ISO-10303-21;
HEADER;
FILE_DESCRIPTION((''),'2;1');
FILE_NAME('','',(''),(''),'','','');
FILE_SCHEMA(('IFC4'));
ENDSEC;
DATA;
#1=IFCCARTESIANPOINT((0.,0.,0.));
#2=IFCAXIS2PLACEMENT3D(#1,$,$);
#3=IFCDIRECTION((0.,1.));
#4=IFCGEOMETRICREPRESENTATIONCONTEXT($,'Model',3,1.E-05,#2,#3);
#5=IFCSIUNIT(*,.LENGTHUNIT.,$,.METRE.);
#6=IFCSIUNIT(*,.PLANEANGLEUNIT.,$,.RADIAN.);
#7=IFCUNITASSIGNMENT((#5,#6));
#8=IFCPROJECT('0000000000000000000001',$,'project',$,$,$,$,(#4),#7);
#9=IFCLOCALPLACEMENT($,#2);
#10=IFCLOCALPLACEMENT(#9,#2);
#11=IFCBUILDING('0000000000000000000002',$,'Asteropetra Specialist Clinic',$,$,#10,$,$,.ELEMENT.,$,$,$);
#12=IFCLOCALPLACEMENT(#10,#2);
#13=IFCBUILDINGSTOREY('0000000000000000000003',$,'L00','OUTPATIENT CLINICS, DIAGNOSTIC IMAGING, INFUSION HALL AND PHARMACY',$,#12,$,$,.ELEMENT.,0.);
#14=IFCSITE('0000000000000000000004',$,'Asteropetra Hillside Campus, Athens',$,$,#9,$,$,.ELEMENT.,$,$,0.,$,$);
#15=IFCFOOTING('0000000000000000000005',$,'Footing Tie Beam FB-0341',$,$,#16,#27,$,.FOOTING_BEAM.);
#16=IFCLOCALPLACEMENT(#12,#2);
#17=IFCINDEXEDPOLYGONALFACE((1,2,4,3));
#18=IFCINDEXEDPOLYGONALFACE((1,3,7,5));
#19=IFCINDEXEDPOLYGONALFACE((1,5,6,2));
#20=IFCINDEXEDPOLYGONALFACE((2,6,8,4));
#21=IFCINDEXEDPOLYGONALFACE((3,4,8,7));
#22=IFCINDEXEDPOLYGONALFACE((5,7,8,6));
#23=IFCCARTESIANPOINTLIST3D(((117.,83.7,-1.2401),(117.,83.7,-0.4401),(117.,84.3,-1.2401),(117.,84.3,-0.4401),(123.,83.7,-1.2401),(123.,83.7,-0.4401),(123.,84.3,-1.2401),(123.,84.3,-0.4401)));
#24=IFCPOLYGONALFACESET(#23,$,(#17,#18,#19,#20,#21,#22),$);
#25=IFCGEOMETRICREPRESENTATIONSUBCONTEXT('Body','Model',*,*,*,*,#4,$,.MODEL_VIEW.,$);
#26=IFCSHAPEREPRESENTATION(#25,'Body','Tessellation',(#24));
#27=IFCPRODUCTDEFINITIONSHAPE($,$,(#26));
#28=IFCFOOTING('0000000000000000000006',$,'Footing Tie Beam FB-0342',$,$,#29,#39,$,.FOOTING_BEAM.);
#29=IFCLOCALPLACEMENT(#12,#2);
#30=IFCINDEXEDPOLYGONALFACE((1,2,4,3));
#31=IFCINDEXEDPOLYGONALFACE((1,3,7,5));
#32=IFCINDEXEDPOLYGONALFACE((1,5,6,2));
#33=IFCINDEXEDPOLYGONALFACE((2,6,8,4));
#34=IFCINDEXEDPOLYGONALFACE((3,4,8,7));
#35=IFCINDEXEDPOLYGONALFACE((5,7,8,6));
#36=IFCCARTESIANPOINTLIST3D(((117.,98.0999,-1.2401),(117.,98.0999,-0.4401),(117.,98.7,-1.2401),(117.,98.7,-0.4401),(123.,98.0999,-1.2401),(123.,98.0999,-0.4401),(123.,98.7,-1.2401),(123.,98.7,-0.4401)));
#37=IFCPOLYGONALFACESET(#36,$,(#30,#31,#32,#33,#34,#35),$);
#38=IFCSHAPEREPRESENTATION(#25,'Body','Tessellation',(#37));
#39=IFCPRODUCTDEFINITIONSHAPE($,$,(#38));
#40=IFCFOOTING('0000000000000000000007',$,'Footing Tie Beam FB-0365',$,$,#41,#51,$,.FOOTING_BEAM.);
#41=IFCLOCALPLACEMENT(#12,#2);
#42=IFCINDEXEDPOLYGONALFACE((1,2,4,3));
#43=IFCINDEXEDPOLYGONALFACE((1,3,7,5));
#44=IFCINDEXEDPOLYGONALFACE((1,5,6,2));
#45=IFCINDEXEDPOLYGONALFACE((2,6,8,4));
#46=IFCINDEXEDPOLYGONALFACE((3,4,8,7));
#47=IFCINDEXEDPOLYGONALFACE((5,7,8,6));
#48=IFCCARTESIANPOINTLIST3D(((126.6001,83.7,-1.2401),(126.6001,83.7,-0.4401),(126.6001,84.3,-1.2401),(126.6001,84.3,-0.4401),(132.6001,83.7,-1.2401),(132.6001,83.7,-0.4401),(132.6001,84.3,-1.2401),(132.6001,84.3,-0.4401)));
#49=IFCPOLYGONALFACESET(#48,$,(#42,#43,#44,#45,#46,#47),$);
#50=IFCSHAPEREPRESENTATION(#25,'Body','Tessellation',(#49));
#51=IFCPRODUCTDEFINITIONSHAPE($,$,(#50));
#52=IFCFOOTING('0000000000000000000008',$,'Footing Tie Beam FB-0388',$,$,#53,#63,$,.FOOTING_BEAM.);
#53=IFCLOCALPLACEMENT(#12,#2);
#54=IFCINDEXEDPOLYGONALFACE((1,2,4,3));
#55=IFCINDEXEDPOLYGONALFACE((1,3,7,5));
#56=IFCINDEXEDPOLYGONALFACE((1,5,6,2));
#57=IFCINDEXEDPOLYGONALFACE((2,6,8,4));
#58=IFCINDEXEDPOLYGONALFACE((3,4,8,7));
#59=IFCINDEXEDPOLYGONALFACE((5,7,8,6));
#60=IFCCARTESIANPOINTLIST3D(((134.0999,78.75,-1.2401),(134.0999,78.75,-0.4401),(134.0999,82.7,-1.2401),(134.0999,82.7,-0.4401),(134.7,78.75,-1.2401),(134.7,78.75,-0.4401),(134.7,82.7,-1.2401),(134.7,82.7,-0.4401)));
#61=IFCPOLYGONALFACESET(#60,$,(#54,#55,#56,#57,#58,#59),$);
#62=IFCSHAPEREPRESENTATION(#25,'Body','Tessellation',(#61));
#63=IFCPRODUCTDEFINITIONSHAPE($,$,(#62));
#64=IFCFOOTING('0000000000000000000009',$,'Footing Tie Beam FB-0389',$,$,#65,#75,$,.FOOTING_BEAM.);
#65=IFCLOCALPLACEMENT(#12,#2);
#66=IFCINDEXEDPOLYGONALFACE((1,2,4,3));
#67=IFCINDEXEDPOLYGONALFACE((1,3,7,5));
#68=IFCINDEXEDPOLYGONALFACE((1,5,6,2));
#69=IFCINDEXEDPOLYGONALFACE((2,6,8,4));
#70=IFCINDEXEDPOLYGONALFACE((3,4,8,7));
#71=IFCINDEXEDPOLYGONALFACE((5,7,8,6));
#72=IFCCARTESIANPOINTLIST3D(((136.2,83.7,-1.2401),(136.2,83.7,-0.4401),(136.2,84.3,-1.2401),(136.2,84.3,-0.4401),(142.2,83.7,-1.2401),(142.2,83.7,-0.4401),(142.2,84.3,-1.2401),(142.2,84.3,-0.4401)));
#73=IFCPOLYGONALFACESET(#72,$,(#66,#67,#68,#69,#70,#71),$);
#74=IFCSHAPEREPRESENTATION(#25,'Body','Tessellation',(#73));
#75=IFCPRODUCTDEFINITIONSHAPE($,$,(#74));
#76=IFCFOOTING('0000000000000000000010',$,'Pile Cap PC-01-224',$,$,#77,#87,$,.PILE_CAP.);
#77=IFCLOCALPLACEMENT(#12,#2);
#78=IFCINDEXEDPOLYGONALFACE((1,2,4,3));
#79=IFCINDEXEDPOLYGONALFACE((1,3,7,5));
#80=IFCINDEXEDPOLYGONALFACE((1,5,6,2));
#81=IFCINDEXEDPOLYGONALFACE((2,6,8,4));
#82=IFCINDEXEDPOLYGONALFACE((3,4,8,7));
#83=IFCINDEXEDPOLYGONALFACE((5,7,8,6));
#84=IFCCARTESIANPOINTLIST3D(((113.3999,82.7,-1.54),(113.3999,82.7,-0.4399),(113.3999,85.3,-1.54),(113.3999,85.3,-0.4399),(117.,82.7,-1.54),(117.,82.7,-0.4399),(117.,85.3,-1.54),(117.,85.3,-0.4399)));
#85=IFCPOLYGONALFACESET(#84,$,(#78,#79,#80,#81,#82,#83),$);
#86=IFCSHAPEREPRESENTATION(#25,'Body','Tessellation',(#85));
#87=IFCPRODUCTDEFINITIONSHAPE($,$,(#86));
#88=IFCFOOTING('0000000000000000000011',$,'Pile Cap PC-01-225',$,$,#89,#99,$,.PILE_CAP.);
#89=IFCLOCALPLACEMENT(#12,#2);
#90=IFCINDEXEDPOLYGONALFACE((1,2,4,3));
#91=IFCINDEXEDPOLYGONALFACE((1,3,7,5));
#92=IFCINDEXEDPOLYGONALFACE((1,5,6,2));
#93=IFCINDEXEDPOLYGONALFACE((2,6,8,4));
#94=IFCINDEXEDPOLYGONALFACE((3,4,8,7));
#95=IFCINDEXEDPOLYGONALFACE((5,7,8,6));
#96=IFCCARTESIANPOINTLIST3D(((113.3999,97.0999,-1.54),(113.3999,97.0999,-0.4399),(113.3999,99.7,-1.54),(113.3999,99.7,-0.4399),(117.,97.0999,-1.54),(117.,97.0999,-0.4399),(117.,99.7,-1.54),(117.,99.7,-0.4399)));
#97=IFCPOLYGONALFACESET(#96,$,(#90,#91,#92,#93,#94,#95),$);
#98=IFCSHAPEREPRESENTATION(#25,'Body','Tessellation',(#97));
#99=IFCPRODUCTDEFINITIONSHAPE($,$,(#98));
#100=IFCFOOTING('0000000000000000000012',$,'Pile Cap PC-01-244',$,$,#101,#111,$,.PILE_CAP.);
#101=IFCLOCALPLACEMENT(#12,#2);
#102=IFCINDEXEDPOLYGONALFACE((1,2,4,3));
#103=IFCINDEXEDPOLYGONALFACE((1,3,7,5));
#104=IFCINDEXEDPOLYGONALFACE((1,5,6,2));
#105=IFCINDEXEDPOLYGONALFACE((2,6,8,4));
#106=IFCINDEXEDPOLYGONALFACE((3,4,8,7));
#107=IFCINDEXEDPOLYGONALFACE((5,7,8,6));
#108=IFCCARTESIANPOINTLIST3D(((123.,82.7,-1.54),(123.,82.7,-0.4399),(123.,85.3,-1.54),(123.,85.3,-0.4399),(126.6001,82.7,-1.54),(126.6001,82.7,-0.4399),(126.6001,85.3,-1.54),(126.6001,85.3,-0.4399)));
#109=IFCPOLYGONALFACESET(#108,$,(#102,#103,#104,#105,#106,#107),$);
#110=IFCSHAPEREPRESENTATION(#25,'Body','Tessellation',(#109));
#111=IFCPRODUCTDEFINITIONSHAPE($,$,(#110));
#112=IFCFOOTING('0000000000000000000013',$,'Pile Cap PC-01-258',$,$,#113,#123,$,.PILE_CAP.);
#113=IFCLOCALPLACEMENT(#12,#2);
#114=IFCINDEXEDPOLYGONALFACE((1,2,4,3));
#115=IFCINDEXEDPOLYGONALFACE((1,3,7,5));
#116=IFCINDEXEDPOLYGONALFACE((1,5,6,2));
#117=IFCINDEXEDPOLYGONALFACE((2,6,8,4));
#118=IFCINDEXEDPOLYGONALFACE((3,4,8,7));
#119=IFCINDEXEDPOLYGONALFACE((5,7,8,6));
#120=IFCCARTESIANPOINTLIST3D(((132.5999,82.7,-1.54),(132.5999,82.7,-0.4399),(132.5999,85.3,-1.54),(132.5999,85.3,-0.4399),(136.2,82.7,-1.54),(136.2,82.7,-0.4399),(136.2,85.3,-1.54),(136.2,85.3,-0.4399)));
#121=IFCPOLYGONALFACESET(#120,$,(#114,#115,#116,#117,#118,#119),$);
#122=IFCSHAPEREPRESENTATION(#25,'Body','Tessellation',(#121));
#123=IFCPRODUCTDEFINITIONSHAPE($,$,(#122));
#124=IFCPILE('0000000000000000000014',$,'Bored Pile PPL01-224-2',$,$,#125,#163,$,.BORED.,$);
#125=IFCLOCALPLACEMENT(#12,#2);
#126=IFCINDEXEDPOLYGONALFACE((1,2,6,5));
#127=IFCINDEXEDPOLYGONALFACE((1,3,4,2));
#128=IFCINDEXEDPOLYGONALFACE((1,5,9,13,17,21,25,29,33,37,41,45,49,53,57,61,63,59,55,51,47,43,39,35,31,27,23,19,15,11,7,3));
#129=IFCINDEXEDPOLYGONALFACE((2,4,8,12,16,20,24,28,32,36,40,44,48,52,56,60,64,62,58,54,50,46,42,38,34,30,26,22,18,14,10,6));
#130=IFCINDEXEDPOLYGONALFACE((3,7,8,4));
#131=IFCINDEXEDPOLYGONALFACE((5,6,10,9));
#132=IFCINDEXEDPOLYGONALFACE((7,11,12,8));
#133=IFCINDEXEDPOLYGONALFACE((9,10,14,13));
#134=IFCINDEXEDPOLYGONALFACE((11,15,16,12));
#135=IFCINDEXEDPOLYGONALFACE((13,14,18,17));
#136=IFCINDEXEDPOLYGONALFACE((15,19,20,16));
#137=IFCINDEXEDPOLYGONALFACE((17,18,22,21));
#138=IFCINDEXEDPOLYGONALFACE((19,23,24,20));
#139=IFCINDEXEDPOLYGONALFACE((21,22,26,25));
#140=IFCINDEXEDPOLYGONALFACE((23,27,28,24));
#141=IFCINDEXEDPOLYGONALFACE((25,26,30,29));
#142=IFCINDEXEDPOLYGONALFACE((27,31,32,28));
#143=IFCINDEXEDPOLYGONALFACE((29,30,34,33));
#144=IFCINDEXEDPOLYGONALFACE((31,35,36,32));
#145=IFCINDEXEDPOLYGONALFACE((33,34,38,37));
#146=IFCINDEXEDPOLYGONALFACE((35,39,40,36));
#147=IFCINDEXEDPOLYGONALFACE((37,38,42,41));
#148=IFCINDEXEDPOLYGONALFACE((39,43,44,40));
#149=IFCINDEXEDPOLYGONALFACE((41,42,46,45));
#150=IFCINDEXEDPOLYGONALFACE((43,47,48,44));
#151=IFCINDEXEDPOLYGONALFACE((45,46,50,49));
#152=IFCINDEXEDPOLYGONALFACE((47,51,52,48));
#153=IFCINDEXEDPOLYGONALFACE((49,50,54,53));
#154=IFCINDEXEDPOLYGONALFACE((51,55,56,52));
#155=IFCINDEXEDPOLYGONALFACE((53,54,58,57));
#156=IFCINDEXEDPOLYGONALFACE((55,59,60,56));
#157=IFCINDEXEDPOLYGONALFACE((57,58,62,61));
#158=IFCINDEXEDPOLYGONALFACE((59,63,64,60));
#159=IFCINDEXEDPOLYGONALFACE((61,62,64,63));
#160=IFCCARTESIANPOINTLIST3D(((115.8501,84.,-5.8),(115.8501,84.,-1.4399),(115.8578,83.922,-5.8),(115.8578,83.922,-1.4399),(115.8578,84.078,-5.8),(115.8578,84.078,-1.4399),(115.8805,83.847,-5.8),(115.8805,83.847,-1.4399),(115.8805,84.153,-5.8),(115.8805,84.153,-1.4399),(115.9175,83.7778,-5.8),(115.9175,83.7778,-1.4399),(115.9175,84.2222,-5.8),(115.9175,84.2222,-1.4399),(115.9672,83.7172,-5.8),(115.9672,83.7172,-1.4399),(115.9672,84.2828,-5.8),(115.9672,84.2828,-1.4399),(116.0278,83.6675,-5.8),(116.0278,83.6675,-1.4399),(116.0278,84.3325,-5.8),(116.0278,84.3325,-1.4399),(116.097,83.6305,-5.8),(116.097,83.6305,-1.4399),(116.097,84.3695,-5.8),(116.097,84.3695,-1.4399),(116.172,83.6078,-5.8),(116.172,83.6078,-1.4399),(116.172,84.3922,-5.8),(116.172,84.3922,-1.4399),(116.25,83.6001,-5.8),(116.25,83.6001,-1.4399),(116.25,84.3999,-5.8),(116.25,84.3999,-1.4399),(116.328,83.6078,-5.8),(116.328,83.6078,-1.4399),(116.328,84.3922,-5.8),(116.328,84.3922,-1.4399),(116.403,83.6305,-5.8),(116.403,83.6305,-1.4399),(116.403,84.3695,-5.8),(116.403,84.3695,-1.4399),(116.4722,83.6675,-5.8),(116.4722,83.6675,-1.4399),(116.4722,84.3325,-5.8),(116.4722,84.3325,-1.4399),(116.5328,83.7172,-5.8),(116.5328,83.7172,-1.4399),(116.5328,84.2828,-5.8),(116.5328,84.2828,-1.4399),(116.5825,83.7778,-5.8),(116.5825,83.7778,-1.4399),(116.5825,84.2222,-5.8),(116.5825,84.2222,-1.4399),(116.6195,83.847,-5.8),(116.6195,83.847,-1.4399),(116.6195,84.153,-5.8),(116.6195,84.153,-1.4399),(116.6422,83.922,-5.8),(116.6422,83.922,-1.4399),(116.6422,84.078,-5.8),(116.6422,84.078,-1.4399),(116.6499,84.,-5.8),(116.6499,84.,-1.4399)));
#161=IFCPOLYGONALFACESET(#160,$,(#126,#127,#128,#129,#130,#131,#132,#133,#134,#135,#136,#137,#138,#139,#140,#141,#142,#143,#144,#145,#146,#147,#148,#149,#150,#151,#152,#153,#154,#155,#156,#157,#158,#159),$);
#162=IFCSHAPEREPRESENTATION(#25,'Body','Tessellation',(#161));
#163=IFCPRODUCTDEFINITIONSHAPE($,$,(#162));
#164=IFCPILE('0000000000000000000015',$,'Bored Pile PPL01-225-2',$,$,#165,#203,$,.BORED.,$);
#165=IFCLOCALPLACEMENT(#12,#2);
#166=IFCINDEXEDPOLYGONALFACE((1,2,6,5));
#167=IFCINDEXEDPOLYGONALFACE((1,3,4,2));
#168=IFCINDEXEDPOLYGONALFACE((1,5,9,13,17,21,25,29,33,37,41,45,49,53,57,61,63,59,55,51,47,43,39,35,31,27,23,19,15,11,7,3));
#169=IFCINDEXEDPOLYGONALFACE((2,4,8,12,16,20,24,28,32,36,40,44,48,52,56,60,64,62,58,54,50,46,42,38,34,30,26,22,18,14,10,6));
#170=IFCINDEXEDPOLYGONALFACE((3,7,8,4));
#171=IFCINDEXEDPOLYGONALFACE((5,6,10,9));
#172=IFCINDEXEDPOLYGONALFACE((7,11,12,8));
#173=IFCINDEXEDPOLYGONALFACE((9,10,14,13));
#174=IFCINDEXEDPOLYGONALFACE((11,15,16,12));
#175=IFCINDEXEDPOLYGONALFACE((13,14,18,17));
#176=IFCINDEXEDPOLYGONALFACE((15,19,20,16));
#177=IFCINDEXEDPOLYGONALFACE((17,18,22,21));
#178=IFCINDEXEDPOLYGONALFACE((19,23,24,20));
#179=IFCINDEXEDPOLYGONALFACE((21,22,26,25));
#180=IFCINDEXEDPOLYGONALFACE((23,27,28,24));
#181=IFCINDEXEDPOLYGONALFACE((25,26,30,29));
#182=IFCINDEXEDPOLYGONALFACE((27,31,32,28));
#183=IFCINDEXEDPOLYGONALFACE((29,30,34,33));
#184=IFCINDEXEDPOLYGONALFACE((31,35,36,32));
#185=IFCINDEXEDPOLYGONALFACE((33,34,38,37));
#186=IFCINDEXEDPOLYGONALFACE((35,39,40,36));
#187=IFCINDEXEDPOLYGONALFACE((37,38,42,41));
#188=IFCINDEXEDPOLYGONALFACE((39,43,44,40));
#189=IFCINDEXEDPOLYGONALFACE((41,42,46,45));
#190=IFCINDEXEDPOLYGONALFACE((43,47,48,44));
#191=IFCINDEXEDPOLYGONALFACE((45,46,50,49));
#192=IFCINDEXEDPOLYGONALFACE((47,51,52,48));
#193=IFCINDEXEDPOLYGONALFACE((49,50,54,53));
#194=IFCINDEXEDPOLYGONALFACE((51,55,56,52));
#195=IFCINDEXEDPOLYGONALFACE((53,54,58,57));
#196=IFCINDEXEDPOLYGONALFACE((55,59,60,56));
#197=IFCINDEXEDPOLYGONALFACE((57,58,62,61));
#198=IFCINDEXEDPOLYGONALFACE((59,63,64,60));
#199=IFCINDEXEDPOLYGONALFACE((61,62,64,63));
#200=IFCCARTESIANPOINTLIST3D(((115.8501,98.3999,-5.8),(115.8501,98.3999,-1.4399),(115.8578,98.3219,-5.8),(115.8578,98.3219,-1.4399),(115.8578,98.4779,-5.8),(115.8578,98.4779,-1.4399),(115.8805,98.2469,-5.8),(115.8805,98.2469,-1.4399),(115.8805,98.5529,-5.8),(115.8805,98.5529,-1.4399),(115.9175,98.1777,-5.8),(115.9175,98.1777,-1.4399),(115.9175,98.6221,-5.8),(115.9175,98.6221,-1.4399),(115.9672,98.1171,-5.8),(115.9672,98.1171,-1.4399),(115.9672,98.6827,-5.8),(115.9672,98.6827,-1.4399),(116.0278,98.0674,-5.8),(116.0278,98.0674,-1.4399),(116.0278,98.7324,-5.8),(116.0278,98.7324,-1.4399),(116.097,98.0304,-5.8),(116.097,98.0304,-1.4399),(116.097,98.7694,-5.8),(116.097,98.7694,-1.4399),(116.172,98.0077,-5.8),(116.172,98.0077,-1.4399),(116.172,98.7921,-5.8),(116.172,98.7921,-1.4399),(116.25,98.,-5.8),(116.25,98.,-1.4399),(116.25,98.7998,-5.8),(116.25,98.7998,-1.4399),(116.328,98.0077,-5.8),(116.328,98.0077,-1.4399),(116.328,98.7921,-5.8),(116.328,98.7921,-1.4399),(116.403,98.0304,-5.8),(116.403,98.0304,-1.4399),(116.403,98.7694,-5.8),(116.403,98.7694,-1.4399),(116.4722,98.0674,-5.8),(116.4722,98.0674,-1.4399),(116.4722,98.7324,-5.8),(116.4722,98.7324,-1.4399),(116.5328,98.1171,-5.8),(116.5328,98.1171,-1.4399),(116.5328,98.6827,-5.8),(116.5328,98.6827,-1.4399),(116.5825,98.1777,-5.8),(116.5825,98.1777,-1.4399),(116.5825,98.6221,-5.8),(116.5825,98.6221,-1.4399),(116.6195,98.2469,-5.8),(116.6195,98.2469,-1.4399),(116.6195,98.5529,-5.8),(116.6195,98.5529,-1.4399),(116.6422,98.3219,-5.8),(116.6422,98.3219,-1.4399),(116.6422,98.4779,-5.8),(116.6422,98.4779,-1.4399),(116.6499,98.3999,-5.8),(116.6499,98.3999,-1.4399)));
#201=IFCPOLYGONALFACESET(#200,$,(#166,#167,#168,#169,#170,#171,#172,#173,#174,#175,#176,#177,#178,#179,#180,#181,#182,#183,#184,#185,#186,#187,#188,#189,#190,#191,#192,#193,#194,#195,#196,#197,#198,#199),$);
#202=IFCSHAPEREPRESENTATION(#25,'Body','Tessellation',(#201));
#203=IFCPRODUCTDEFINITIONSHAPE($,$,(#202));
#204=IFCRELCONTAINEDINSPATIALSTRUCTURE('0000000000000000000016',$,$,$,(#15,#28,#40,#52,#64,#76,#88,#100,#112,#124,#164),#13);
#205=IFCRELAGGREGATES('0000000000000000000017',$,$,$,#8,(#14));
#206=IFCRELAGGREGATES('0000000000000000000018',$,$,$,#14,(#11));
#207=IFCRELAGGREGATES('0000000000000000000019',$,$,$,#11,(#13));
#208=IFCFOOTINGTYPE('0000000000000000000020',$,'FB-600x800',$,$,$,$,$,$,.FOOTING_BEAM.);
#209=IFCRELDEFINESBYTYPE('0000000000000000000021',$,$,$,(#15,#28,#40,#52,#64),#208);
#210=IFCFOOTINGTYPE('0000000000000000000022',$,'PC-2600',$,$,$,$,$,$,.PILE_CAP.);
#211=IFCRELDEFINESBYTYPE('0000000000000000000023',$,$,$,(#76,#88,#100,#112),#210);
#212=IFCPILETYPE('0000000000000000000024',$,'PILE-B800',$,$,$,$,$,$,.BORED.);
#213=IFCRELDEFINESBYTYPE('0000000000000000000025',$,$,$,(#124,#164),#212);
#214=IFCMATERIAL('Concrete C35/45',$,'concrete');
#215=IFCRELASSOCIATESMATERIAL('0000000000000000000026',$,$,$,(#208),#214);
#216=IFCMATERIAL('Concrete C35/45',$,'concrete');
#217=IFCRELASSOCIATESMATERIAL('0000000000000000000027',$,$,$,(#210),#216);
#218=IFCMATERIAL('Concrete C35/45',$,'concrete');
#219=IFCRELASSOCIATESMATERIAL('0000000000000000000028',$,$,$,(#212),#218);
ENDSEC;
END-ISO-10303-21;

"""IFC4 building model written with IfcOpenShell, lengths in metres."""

from ifc_helpers import new_model, si_unit, direction, frame, origin, origin_2d, place, context, subcontext, project, spatial, rectangle, circle, extrude, material, material_profile, profile_set, type_object, element, save


model = new_model("IFC4")

# Units and contexts
model_context = context("Model", 3, precision=1e-05, world=origin(), true_north=direction((0.0, 1.0)))
body_context = subcontext(model_context, "Body", "Model", "MODEL_VIEW")
ifc_project = project(units=[si_unit("LENGTHUNIT", "METRE"), si_unit("PLANEANGLEUNIT", "RADIAN")], contexts=[model_context])

# Site, building, storey
site_placement = place(None, origin())
site = spatial("IfcSite", under=ifc_project, at=site_placement, Name="Asteropetra Hillside Campus, Athens", CompositionType="ELEMENT", RefElevation=0.0)
building_placement = place(site_placement, origin())
building = spatial("IfcBuilding", under=site, at=building_placement, Name="Asteropetra Specialist Clinic", CompositionType="ELEMENT")
storey_placement = place(building_placement, origin())
storey = spatial("IfcBuildingStorey", under=building, at=storey_placement, Name="L00", Description="OUTPATIENT CLINICS, DIAGNOSTIC IMAGING, INFUSION HALL AND PHARMACY", CompositionType="ELEMENT", Elevation=0.0)

# Footings
ifc_material_1 = material(Name="Concrete C35/45", Category="concrete")
ifc_material_profile_1 = material_profile(ifc_material_1, rectangle(XDim=0.6001, YDim=0.8, at=origin_2d()), Name="FB 600x800")
ifc_profile_set_1 = profile_set([ifc_material_profile_1], Name="Concrete C35/45")
footing_type_1 = type_object("IfcFootingType", Name="FB-600x800", PredefinedType="FOOTING_BEAM", material=ifc_profile_set_1)
for number, where, z_axis, x_axis, name in (
    (1, (117.0, 84.0, -0.8401), (1.0, 0.0, 0.0), (0.0, 1.0, 0.0), "Footing Tie Beam FB-0341"),
    (2, (117.0, 98.3999, -0.8401), (1.0, 0.0, 0.0), (0.0, 1.0, 0.0), "Footing Tie Beam FB-0342"),
    (3, (126.6001, 84.0, -0.8401), (1.0, 0.0, 0.0), (0.0, 1.0, 0.0), "Footing Tie Beam FB-0365"),
):
    element("IfcFooting", number, at=place(storey_placement, frame(where, z_axis=z_axis, x_axis=x_axis)), inside=storey, type_object=footing_type_1, Name=name, PredefinedType="FOOTING_BEAM", context=body_context, shape_type="SweptSolid", body=[
        extrude(rectangle(XDim=0.6001, YDim=0.8, at=origin_2d()), origin(), (0.0, 0.0, 1.0), 6.0),
    ])
footing_1_placement = place(storey_placement, frame((134.3999, 78.75, -0.8401), z_axis=(0.0, 1.0, 0.0), x_axis=(-1.0, 0.0, 0.0)))
element("IfcFooting", 4, at=footing_1_placement, inside=storey, type_object=footing_type_1, Name="Footing Tie Beam FB-0388", PredefinedType="FOOTING_BEAM", context=body_context, shape_type="SweptSolid", body=[
    extrude(rectangle(XDim=0.6001, YDim=0.8, at=origin_2d()), origin(), (0.0, 0.0, 1.0), 3.95),
])
footing_2_placement = place(storey_placement, frame((136.2, 84.0, -0.8401), z_axis=(1.0, 0.0, 0.0), x_axis=(0.0, 1.0, 0.0)))
element("IfcFooting", 5, at=footing_2_placement, inside=storey, type_object=footing_type_1, Name="Footing Tie Beam FB-0389", PredefinedType="FOOTING_BEAM", context=body_context, shape_type="SweptSolid", body=[
    extrude(rectangle(XDim=0.6001, YDim=0.8, at=origin_2d()), origin(), (0.0, 0.0, 1.0), 6.0),
])
ifc_material_2 = material(Name="Concrete C35/45", Category="concrete")
footing_type_2 = type_object("IfcFootingType", Name="PC-2600", PredefinedType="PILE_CAP", material=ifc_material_2)
for number, where, z_axis, x_axis, name in (
    (6, (115.2, 84.0, -1.54), (0.0, 0.0, 1.0), (1.0, 0.0, 0.0), "Pile Cap PC-01-224"),
    (7, (115.2, 98.3999, -1.54), (0.0, 0.0, 1.0), (1.0, 0.0, 0.0), "Pile Cap PC-01-225"),
    (8, (124.8, 84.0, -1.54), (0.0, 0.0, 1.0), (1.0, 0.0, 0.0), "Pile Cap PC-01-244"),
    (9, (134.3999, 84.0, -1.54), (0.0, 0.0, 1.0), (1.0, 0.0, 0.0), "Pile Cap PC-01-258"),
):
    element("IfcFooting", number, at=place(storey_placement, frame(where, z_axis=z_axis, x_axis=x_axis)), inside=storey, type_object=footing_type_2, Name=name, PredefinedType="PILE_CAP", context=body_context, shape_type="SweptSolid", body=[
        extrude(rectangle(XDim=3.6001, YDim=2.6001, at=origin_2d()), origin(), (0.0, 0.0, 1.0), 1.1001),
    ])

# Piles
ifc_material_3 = material(Name="Concrete C35/45", Category="concrete")
ifc_material_profile_2 = material_profile(ifc_material_3, circle(Radius=0.3999, at=origin_2d()), Name="PILE D800")
ifc_profile_set_2 = profile_set([ifc_material_profile_2], Name="Concrete C35/45")
pile_type = type_object("IfcPileType", Name="PILE-B800", PredefinedType="BORED", material=ifc_profile_set_2)
for number, where, z_axis, x_axis, name in (
    (10, (116.25, 84.0, -1.4399), (0.0, 0.0, -1.0), (1.0, 0.0, 0.0), "Bored Pile PPL01-224-2"),
    (11, (116.25, 98.3999, -1.4399), (0.0, 0.0, -1.0), (1.0, 0.0, 0.0), "Bored Pile PPL01-225-2"),
):
    element("IfcPile", number, at=place(storey_placement, frame(where, z_axis=z_axis, x_axis=x_axis)), inside=storey, type_object=pile_type, Name=name, PredefinedType="BORED", context=body_context, shape_type="SweptSolid", body=[
        extrude(circle(Radius=0.3999, at=origin_2d()), origin(), (0.0, 0.0, 1.0), 4.3601),
    ])

save(model, "model.ifc")
